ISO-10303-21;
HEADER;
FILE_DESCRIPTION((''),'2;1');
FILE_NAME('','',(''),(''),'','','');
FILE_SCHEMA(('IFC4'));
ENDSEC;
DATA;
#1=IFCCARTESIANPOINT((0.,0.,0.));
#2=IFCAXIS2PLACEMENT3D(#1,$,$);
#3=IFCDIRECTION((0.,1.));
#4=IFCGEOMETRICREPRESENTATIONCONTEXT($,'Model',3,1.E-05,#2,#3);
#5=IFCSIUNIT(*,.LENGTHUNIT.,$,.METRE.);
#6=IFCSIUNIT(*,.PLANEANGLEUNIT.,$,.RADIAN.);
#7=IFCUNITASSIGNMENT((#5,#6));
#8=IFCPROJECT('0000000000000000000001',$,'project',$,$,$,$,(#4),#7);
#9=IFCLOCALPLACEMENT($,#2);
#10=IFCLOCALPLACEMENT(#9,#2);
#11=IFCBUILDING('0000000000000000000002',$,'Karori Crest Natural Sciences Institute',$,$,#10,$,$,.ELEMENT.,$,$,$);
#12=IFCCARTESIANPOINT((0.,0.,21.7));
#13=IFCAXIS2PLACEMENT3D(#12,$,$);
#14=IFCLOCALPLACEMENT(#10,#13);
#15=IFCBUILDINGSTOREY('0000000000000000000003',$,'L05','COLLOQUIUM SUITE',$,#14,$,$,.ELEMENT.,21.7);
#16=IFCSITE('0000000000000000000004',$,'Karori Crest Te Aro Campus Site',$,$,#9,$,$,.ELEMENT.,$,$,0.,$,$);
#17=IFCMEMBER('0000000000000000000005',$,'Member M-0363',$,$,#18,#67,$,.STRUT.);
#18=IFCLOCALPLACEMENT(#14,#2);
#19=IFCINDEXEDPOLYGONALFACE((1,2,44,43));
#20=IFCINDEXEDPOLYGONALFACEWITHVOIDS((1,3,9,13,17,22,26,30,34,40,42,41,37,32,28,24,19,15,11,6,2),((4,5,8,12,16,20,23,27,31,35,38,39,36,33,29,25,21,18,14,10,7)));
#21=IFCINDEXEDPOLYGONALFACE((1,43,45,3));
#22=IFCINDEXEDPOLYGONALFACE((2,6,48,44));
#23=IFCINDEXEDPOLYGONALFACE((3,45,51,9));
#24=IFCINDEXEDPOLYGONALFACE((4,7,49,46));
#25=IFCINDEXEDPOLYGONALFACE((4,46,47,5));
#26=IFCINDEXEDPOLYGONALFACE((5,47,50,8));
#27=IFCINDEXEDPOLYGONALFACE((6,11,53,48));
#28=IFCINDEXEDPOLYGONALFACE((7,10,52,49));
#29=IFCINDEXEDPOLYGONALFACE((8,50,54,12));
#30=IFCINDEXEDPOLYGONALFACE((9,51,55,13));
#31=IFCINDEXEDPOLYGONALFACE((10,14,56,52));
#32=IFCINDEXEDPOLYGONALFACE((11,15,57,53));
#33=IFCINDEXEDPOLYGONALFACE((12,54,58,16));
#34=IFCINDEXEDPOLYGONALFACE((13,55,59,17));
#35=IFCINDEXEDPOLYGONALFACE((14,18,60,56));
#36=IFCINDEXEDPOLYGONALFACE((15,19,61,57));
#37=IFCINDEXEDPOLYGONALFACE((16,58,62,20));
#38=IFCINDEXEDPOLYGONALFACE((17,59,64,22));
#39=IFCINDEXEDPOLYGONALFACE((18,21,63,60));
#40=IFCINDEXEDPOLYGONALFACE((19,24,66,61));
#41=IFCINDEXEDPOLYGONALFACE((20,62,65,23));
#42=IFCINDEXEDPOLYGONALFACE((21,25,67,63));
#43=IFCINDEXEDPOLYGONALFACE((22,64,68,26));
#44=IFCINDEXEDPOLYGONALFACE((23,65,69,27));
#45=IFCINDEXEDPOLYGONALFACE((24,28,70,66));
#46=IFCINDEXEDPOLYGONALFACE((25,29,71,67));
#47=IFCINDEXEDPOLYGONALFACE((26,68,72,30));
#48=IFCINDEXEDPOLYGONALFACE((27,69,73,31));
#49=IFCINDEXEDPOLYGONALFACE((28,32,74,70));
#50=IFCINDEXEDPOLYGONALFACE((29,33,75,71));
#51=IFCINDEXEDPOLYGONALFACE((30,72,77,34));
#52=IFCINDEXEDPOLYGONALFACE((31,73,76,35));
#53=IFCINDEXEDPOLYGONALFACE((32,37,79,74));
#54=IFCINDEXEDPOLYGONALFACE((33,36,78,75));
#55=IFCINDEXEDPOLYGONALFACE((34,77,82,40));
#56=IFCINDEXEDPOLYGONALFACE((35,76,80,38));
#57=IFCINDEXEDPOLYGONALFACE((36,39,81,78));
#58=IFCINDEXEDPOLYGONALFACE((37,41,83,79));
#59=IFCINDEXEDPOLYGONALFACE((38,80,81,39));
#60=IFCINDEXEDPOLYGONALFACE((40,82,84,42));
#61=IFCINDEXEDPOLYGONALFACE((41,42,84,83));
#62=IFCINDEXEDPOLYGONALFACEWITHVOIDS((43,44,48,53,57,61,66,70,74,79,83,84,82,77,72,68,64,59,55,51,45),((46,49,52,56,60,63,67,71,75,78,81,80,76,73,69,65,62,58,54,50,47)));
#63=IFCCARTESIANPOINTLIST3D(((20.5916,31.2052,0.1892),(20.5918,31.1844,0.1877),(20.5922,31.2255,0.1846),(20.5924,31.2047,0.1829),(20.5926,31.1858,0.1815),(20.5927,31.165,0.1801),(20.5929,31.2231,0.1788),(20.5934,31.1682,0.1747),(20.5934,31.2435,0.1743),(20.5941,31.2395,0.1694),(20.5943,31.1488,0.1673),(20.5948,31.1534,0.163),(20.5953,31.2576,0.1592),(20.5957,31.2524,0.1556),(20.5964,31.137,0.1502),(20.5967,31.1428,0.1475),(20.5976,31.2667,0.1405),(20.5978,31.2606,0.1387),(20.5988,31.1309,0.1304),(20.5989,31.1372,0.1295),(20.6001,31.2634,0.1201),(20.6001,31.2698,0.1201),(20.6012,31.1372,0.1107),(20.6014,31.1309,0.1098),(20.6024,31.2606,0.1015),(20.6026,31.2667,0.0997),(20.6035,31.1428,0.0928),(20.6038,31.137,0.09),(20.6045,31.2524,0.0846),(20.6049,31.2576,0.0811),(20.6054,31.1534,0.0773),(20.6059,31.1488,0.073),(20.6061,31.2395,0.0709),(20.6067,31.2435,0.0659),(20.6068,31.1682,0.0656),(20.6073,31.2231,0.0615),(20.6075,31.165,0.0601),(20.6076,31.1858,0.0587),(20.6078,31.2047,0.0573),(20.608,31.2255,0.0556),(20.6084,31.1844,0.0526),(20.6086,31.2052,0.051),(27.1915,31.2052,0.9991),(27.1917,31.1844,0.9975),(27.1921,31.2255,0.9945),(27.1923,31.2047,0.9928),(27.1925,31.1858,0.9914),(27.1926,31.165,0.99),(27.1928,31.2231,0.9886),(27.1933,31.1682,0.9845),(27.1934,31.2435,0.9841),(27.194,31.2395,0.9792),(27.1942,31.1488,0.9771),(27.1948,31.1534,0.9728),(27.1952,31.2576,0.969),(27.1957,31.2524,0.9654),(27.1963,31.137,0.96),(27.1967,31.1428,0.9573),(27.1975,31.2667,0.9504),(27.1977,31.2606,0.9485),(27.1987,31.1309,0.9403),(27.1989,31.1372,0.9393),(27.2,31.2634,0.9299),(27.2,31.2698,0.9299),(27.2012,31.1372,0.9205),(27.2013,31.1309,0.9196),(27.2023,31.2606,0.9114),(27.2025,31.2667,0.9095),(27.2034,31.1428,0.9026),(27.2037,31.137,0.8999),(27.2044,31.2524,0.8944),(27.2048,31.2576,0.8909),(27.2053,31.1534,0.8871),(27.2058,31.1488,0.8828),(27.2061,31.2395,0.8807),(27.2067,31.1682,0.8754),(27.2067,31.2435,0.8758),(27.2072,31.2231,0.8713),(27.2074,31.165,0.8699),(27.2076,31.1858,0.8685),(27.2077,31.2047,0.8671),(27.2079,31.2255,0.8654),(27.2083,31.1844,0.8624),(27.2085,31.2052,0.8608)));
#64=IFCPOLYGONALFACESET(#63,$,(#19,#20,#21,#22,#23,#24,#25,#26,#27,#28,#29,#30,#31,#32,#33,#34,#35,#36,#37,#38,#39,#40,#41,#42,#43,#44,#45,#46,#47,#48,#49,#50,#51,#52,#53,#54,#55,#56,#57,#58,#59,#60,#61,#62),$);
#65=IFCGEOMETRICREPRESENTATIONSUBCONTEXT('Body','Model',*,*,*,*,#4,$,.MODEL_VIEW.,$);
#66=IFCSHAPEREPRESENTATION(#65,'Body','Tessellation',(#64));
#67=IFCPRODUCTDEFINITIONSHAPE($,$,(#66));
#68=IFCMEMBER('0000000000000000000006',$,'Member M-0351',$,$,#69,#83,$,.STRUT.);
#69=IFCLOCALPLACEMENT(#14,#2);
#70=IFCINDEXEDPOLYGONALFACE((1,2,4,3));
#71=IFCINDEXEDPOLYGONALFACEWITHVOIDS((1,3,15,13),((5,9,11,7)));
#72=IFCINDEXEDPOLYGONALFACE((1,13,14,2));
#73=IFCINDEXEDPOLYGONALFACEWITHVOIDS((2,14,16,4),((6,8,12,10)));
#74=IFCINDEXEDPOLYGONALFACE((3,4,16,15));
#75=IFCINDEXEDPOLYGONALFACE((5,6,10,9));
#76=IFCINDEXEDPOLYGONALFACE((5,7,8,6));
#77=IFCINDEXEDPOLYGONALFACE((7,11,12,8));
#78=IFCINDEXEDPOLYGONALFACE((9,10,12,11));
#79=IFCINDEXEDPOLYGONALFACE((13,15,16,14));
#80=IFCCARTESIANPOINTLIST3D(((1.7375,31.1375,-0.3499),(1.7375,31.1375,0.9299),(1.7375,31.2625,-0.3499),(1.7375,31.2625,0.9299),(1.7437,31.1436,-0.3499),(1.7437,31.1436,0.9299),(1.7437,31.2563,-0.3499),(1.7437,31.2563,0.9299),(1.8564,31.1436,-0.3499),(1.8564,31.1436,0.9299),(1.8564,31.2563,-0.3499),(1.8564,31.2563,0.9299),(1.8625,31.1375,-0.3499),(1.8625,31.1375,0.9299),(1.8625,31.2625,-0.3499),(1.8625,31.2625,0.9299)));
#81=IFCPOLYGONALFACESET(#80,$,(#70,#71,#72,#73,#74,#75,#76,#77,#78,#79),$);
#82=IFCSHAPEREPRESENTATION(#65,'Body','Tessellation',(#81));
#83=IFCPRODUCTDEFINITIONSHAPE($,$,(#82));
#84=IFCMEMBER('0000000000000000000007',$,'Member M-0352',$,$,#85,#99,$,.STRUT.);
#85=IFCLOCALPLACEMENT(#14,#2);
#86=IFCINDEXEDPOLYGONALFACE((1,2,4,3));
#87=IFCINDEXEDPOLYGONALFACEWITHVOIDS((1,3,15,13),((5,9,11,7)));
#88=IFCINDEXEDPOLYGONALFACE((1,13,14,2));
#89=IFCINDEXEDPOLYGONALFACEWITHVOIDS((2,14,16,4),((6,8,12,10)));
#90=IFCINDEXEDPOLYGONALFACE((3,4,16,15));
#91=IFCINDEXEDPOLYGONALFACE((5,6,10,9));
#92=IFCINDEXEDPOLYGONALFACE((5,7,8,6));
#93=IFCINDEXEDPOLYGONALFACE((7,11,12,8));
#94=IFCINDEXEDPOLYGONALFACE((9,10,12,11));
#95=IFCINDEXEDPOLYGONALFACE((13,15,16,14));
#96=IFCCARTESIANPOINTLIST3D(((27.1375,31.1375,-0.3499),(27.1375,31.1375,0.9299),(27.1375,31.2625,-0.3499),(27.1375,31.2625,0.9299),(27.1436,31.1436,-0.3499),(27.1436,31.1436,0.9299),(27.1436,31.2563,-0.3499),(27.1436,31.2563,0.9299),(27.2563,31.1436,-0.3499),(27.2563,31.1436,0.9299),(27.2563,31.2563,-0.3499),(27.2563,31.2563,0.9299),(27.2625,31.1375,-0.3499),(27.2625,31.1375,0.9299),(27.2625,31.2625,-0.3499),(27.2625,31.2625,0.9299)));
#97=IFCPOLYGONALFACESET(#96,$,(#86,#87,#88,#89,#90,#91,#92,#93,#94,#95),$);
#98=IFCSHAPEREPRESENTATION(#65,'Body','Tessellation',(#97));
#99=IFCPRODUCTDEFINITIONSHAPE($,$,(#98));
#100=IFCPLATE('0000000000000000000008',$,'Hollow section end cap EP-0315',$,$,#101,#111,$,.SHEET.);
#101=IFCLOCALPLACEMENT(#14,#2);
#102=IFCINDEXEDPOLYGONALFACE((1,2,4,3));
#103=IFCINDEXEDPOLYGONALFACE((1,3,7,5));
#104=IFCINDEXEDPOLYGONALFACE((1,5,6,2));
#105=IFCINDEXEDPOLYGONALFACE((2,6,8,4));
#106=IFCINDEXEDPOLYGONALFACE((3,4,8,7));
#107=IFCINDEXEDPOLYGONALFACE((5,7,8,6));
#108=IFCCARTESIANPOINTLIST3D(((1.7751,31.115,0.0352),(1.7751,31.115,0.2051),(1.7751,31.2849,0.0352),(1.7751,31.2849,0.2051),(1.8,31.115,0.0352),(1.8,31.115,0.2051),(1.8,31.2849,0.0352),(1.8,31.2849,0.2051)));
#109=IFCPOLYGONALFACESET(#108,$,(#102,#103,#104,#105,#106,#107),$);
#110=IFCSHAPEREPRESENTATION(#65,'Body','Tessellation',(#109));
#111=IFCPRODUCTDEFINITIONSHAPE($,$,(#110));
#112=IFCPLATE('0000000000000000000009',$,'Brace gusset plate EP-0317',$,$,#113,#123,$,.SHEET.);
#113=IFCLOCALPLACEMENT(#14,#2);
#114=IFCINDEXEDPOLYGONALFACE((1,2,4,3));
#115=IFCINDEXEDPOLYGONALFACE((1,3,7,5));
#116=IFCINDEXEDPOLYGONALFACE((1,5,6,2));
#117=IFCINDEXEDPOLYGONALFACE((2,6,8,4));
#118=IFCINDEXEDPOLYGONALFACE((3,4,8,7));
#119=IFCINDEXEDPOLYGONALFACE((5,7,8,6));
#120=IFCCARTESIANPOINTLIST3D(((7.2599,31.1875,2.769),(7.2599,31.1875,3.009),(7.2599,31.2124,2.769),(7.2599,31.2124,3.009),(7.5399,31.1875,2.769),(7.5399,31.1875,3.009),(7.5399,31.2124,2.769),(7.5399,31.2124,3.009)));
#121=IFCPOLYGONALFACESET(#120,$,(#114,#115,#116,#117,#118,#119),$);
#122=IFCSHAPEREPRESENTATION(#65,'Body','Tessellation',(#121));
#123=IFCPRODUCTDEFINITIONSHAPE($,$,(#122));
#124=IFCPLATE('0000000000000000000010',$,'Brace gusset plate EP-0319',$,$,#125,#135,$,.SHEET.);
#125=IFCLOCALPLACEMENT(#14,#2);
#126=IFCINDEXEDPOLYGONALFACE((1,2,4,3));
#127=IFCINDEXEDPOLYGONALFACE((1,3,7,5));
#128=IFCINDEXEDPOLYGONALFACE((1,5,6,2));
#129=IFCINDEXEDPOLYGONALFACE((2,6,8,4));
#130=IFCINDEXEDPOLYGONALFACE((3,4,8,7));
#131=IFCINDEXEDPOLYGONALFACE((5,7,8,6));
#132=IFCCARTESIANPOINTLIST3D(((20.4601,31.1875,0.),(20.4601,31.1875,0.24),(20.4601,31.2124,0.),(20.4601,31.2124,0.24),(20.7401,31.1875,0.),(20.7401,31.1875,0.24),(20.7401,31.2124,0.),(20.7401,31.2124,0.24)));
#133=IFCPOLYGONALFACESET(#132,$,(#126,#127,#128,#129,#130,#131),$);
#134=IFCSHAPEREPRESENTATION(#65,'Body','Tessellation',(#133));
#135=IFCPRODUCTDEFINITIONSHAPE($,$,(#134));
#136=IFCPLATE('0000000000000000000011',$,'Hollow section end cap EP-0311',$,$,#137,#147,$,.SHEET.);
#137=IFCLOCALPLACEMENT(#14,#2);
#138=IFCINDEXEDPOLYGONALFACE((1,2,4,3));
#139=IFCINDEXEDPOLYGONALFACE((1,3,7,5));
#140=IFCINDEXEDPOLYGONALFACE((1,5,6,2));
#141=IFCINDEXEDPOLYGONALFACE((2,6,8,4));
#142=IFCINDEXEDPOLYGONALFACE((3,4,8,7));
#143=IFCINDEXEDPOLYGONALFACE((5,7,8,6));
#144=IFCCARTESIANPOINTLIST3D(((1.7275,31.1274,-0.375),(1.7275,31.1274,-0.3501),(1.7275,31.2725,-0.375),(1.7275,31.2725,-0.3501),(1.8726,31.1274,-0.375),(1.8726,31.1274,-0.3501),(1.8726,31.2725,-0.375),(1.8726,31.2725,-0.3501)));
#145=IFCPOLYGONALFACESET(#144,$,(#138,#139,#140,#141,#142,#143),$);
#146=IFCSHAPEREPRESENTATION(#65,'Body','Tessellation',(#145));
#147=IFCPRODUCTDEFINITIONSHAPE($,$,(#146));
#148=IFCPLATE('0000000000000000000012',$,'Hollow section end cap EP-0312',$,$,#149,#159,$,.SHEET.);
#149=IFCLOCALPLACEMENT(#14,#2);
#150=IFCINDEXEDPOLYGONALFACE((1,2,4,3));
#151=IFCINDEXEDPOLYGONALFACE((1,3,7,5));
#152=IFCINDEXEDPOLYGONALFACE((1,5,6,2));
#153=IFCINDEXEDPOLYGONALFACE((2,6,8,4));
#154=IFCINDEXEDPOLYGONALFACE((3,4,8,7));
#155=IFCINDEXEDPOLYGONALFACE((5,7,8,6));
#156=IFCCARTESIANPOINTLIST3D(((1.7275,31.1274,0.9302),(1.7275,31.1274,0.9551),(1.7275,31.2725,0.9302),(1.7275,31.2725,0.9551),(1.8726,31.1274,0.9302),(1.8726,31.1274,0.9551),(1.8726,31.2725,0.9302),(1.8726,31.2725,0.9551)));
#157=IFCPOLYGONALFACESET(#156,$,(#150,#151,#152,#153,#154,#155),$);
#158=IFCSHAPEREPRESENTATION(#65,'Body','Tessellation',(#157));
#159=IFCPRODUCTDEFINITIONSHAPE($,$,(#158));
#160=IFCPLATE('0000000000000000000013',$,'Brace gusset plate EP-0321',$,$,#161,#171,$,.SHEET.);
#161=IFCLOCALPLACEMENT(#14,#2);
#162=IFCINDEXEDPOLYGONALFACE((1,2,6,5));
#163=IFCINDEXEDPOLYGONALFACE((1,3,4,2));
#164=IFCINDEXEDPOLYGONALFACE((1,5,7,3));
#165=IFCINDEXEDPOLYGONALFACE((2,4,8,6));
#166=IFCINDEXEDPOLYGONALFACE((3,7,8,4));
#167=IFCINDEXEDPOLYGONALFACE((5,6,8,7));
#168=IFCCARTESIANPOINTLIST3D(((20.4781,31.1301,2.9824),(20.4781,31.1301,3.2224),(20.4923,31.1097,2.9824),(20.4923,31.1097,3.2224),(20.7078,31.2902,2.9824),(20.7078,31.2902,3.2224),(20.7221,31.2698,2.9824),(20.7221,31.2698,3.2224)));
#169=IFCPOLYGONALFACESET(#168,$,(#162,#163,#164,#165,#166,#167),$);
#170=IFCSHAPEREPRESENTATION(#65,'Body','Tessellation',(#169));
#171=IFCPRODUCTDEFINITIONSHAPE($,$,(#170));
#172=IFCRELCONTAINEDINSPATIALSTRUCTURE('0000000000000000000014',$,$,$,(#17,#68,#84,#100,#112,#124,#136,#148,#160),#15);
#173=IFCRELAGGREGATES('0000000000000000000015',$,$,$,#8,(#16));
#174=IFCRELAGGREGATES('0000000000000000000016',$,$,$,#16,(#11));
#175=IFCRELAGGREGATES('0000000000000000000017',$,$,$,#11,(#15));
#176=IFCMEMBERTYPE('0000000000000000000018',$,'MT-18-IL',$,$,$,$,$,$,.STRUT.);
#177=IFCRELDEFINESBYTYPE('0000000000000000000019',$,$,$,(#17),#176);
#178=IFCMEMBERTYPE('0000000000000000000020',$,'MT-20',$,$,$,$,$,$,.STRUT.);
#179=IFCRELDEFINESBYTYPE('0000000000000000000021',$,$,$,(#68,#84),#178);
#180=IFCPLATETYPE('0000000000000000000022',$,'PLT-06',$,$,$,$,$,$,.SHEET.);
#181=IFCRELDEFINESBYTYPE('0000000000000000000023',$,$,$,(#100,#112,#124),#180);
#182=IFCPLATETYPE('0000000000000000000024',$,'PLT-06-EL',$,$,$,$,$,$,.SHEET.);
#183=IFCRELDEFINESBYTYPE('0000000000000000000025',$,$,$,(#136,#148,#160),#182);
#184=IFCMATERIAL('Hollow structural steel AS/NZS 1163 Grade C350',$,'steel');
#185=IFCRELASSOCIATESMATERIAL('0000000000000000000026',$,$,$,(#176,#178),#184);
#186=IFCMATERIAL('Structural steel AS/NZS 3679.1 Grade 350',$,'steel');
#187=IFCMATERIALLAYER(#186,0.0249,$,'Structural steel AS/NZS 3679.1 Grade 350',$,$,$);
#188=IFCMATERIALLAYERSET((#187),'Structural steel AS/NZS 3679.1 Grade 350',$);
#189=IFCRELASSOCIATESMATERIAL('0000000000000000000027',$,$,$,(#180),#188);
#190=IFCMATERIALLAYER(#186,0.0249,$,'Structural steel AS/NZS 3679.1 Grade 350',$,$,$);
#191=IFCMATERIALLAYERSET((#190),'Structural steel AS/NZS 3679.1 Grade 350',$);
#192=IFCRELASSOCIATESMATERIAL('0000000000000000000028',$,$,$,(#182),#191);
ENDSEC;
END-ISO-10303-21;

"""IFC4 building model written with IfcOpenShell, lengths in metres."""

from ifc_helpers import new_model, si_unit, direction, frame, origin, origin_2d, place, context, subcontext, project, spatial, rectangle, hollow_rectangle, hollow_circle, extrude, material, layer, layer_set, material_profile, profile_set, type_object, element, save


model = new_model("IFC4")

# Units and contexts
model_context = context("Model", 3, precision=1e-05, world=origin(), true_north=direction((0.0, 1.0)))
body_context = subcontext(model_context, "Body", "Model", "MODEL_VIEW")
ifc_project = project(units=[si_unit("LENGTHUNIT", "METRE"), si_unit("PLANEANGLEUNIT", "RADIAN")], contexts=[model_context])

# Site, building, storey
site_placement = place(None, origin())
site = spatial("IfcSite", under=ifc_project, at=site_placement, Name="Karori Crest Te Aro Campus Site", CompositionType="ELEMENT", RefElevation=0.0)
building_placement = place(site_placement, origin())
building = spatial("IfcBuilding", under=site, at=building_placement, Name="Karori Crest Natural Sciences Institute", CompositionType="ELEMENT")
storey_placement = place(building_placement, frame((0.0, 0.0, 21.7)))
storey = spatial("IfcBuildingStorey", under=building, at=storey_placement, Name="L05", Description="COLLOQUIUM SUITE", CompositionType="ELEMENT", Elevation=21.7)

# Members
ifc_material_1 = material(Name="Hollow structural steel AS/NZS 1163 Grade C350", Category="steel")
ifc_material_profile_1 = material_profile(ifc_material_1, hollow_circle(Radius=0.0698, WallThickness=0.0063, at=origin_2d()), Name="CHS139.7x6.4")
ifc_profile_set_1 = profile_set([ifc_material_profile_1], Name="Hollow structural steel AS/NZS 1163 Grade C350")
member_type_1 = type_object("IfcMemberType", Name="MT-18-IL", PredefinedType="STRUT", material=ifc_profile_set_1)
member_1_placement = place(storey_placement, frame((20.6001, 31.2, 0.1201), z_axis=(0.992556, 0.0, 0.121788), x_axis=(0.0, 1.0, 0.0)))
element("IfcMember", 1, at=member_1_placement, inside=storey, type_object=member_type_1, Name="Member M-0363", PredefinedType="STRUT", context=body_context, shape_type="SweptSolid", body=[
    extrude(hollow_circle(Radius=0.0698, WallThickness=0.0063, at=origin_2d()), origin(), (0.0, 0.0, 1.0), 6.6494),
])
ifc_material_profile_2 = material_profile(ifc_material_1, hollow_rectangle(XDim=0.125, YDim=0.125, WallThickness=0.0061, at=origin_2d()), Name="SHS125x125x6")
ifc_profile_set_2 = profile_set([ifc_material_profile_2], Name="Hollow structural steel AS/NZS 1163 Grade C350")
member_type_2 = type_object("IfcMemberType", Name="MT-20", PredefinedType="STRUT", material=ifc_profile_set_2)
for number, where, z_axis, x_axis, name in (
    (2, (1.8, 31.2, -0.3499), (0.0, 0.0, 1.0), (1.0, 0.0, 0.0), "Member M-0351"),
    (3, (27.2, 31.2, -0.3499), (0.0, 0.0, 1.0), (1.0, 0.0, 0.0), "Member M-0352"),
):
    element("IfcMember", number, at=place(storey_placement, frame(where, z_axis=z_axis, x_axis=x_axis)), inside=storey, type_object=member_type_2, Name=name, PredefinedType="STRUT", context=body_context, shape_type="SweptSolid", body=[
        extrude(hollow_rectangle(XDim=0.125, YDim=0.125, WallThickness=0.0061, at=origin_2d()), origin(), (0.0, 0.0, 1.0), 1.2798),
    ])

# Plates
ifc_material_2 = material(Name="Structural steel AS/NZS 3679.1 Grade 350", Category="steel")
ifc_layer_1 = layer(ifc_material_2, 0.0249, Name="Structural steel AS/NZS 3679.1 Grade 350")
ifc_layer_set_1 = layer_set([ifc_layer_1], Name="Structural steel AS/NZS 3679.1 Grade 350")
plate_type_1 = type_object("IfcPlateType", Name="PLT-06", PredefinedType="SHEET", material=ifc_layer_set_1)
plate_1_placement = place(storey_placement, frame((1.7876, 31.2, 0.0352), z_axis=(0.0, 0.0, 1.0), x_axis=(1.0, 0.0, 0.0)))
element("IfcPlate", 4, at=plate_1_placement, inside=storey, type_object=plate_type_1, Name="Hollow section end cap EP-0315", PredefinedType="SHEET", context=body_context, shape_type="SweptSolid", body=[
    extrude(rectangle(XDim=0.0249, YDim=0.1699, at=origin_2d()), origin(), (0.0, 0.0, 1.0), 0.1699),
])
for number, where, z_axis, x_axis, name in (
    (5, (7.3999, 31.2, 2.769), (0.0, 0.0, 1.0), (1.0, 0.0, 0.0), "Brace gusset plate EP-0317"),
    (6, (20.6001, 31.2, 0.0), (0.0, 0.0, 1.0), (1.0, 0.0, 0.0), "Brace gusset plate EP-0319"),
):
    element("IfcPlate", number, at=place(storey_placement, frame(where, z_axis=z_axis, x_axis=x_axis)), inside=storey, type_object=plate_type_1, Name=name, PredefinedType="SHEET", context=body_context, shape_type="SweptSolid", body=[
        extrude(rectangle(XDim=0.28, YDim=0.0249, at=origin_2d()), origin(), (0.0, 0.0, 1.0), 0.24),
    ])
ifc_layer_2 = layer(ifc_material_2, 0.0249, Name="Structural steel AS/NZS 3679.1 Grade 350")
ifc_layer_set_2 = layer_set([ifc_layer_2], Name="Structural steel AS/NZS 3679.1 Grade 350")
plate_type_2 = type_object("IfcPlateType", Name="PLT-06-EL", PredefinedType="SHEET", material=ifc_layer_set_2)
for number, where, z_axis, x_axis, name in (
    (7, (1.8, 31.2, -0.375), (0.0, 0.0, 1.0), (1.0, 0.0, 0.0), "Hollow section end cap EP-0311"),
    (8, (1.8, 31.2, 0.9302), (0.0, 0.0, 1.0), (1.0, 0.0, 0.0), "Hollow section end cap EP-0312"),
):
    element("IfcPlate", number, at=place(storey_placement, frame(where, z_axis=z_axis, x_axis=x_axis)), inside=storey, type_object=plate_type_2, Name=name, PredefinedType="SHEET", context=body_context, shape_type="SweptSolid", body=[
        extrude(rectangle(XDim=0.145, YDim=0.145, at=origin_2d()), origin(), (0.0, 0.0, 1.0), 0.0249),
    ])
plate_2_placement = place(storey_placement, frame((20.6001, 31.2, 2.9824), z_axis=(0.0, 0.0, 1.0), x_axis=(0.820398, 0.571792, 0.0)))
element("IfcPlate", 9, at=plate_2_placement, inside=storey, type_object=plate_type_2, Name="Brace gusset plate EP-0321", PredefinedType="SHEET", context=body_context, shape_type="SweptSolid", body=[
    extrude(rectangle(XDim=0.28, YDim=0.0249, at=origin_2d()), origin(), (0.0, 0.0, 1.0), 0.24),
])

save(model, "model.ifc")
